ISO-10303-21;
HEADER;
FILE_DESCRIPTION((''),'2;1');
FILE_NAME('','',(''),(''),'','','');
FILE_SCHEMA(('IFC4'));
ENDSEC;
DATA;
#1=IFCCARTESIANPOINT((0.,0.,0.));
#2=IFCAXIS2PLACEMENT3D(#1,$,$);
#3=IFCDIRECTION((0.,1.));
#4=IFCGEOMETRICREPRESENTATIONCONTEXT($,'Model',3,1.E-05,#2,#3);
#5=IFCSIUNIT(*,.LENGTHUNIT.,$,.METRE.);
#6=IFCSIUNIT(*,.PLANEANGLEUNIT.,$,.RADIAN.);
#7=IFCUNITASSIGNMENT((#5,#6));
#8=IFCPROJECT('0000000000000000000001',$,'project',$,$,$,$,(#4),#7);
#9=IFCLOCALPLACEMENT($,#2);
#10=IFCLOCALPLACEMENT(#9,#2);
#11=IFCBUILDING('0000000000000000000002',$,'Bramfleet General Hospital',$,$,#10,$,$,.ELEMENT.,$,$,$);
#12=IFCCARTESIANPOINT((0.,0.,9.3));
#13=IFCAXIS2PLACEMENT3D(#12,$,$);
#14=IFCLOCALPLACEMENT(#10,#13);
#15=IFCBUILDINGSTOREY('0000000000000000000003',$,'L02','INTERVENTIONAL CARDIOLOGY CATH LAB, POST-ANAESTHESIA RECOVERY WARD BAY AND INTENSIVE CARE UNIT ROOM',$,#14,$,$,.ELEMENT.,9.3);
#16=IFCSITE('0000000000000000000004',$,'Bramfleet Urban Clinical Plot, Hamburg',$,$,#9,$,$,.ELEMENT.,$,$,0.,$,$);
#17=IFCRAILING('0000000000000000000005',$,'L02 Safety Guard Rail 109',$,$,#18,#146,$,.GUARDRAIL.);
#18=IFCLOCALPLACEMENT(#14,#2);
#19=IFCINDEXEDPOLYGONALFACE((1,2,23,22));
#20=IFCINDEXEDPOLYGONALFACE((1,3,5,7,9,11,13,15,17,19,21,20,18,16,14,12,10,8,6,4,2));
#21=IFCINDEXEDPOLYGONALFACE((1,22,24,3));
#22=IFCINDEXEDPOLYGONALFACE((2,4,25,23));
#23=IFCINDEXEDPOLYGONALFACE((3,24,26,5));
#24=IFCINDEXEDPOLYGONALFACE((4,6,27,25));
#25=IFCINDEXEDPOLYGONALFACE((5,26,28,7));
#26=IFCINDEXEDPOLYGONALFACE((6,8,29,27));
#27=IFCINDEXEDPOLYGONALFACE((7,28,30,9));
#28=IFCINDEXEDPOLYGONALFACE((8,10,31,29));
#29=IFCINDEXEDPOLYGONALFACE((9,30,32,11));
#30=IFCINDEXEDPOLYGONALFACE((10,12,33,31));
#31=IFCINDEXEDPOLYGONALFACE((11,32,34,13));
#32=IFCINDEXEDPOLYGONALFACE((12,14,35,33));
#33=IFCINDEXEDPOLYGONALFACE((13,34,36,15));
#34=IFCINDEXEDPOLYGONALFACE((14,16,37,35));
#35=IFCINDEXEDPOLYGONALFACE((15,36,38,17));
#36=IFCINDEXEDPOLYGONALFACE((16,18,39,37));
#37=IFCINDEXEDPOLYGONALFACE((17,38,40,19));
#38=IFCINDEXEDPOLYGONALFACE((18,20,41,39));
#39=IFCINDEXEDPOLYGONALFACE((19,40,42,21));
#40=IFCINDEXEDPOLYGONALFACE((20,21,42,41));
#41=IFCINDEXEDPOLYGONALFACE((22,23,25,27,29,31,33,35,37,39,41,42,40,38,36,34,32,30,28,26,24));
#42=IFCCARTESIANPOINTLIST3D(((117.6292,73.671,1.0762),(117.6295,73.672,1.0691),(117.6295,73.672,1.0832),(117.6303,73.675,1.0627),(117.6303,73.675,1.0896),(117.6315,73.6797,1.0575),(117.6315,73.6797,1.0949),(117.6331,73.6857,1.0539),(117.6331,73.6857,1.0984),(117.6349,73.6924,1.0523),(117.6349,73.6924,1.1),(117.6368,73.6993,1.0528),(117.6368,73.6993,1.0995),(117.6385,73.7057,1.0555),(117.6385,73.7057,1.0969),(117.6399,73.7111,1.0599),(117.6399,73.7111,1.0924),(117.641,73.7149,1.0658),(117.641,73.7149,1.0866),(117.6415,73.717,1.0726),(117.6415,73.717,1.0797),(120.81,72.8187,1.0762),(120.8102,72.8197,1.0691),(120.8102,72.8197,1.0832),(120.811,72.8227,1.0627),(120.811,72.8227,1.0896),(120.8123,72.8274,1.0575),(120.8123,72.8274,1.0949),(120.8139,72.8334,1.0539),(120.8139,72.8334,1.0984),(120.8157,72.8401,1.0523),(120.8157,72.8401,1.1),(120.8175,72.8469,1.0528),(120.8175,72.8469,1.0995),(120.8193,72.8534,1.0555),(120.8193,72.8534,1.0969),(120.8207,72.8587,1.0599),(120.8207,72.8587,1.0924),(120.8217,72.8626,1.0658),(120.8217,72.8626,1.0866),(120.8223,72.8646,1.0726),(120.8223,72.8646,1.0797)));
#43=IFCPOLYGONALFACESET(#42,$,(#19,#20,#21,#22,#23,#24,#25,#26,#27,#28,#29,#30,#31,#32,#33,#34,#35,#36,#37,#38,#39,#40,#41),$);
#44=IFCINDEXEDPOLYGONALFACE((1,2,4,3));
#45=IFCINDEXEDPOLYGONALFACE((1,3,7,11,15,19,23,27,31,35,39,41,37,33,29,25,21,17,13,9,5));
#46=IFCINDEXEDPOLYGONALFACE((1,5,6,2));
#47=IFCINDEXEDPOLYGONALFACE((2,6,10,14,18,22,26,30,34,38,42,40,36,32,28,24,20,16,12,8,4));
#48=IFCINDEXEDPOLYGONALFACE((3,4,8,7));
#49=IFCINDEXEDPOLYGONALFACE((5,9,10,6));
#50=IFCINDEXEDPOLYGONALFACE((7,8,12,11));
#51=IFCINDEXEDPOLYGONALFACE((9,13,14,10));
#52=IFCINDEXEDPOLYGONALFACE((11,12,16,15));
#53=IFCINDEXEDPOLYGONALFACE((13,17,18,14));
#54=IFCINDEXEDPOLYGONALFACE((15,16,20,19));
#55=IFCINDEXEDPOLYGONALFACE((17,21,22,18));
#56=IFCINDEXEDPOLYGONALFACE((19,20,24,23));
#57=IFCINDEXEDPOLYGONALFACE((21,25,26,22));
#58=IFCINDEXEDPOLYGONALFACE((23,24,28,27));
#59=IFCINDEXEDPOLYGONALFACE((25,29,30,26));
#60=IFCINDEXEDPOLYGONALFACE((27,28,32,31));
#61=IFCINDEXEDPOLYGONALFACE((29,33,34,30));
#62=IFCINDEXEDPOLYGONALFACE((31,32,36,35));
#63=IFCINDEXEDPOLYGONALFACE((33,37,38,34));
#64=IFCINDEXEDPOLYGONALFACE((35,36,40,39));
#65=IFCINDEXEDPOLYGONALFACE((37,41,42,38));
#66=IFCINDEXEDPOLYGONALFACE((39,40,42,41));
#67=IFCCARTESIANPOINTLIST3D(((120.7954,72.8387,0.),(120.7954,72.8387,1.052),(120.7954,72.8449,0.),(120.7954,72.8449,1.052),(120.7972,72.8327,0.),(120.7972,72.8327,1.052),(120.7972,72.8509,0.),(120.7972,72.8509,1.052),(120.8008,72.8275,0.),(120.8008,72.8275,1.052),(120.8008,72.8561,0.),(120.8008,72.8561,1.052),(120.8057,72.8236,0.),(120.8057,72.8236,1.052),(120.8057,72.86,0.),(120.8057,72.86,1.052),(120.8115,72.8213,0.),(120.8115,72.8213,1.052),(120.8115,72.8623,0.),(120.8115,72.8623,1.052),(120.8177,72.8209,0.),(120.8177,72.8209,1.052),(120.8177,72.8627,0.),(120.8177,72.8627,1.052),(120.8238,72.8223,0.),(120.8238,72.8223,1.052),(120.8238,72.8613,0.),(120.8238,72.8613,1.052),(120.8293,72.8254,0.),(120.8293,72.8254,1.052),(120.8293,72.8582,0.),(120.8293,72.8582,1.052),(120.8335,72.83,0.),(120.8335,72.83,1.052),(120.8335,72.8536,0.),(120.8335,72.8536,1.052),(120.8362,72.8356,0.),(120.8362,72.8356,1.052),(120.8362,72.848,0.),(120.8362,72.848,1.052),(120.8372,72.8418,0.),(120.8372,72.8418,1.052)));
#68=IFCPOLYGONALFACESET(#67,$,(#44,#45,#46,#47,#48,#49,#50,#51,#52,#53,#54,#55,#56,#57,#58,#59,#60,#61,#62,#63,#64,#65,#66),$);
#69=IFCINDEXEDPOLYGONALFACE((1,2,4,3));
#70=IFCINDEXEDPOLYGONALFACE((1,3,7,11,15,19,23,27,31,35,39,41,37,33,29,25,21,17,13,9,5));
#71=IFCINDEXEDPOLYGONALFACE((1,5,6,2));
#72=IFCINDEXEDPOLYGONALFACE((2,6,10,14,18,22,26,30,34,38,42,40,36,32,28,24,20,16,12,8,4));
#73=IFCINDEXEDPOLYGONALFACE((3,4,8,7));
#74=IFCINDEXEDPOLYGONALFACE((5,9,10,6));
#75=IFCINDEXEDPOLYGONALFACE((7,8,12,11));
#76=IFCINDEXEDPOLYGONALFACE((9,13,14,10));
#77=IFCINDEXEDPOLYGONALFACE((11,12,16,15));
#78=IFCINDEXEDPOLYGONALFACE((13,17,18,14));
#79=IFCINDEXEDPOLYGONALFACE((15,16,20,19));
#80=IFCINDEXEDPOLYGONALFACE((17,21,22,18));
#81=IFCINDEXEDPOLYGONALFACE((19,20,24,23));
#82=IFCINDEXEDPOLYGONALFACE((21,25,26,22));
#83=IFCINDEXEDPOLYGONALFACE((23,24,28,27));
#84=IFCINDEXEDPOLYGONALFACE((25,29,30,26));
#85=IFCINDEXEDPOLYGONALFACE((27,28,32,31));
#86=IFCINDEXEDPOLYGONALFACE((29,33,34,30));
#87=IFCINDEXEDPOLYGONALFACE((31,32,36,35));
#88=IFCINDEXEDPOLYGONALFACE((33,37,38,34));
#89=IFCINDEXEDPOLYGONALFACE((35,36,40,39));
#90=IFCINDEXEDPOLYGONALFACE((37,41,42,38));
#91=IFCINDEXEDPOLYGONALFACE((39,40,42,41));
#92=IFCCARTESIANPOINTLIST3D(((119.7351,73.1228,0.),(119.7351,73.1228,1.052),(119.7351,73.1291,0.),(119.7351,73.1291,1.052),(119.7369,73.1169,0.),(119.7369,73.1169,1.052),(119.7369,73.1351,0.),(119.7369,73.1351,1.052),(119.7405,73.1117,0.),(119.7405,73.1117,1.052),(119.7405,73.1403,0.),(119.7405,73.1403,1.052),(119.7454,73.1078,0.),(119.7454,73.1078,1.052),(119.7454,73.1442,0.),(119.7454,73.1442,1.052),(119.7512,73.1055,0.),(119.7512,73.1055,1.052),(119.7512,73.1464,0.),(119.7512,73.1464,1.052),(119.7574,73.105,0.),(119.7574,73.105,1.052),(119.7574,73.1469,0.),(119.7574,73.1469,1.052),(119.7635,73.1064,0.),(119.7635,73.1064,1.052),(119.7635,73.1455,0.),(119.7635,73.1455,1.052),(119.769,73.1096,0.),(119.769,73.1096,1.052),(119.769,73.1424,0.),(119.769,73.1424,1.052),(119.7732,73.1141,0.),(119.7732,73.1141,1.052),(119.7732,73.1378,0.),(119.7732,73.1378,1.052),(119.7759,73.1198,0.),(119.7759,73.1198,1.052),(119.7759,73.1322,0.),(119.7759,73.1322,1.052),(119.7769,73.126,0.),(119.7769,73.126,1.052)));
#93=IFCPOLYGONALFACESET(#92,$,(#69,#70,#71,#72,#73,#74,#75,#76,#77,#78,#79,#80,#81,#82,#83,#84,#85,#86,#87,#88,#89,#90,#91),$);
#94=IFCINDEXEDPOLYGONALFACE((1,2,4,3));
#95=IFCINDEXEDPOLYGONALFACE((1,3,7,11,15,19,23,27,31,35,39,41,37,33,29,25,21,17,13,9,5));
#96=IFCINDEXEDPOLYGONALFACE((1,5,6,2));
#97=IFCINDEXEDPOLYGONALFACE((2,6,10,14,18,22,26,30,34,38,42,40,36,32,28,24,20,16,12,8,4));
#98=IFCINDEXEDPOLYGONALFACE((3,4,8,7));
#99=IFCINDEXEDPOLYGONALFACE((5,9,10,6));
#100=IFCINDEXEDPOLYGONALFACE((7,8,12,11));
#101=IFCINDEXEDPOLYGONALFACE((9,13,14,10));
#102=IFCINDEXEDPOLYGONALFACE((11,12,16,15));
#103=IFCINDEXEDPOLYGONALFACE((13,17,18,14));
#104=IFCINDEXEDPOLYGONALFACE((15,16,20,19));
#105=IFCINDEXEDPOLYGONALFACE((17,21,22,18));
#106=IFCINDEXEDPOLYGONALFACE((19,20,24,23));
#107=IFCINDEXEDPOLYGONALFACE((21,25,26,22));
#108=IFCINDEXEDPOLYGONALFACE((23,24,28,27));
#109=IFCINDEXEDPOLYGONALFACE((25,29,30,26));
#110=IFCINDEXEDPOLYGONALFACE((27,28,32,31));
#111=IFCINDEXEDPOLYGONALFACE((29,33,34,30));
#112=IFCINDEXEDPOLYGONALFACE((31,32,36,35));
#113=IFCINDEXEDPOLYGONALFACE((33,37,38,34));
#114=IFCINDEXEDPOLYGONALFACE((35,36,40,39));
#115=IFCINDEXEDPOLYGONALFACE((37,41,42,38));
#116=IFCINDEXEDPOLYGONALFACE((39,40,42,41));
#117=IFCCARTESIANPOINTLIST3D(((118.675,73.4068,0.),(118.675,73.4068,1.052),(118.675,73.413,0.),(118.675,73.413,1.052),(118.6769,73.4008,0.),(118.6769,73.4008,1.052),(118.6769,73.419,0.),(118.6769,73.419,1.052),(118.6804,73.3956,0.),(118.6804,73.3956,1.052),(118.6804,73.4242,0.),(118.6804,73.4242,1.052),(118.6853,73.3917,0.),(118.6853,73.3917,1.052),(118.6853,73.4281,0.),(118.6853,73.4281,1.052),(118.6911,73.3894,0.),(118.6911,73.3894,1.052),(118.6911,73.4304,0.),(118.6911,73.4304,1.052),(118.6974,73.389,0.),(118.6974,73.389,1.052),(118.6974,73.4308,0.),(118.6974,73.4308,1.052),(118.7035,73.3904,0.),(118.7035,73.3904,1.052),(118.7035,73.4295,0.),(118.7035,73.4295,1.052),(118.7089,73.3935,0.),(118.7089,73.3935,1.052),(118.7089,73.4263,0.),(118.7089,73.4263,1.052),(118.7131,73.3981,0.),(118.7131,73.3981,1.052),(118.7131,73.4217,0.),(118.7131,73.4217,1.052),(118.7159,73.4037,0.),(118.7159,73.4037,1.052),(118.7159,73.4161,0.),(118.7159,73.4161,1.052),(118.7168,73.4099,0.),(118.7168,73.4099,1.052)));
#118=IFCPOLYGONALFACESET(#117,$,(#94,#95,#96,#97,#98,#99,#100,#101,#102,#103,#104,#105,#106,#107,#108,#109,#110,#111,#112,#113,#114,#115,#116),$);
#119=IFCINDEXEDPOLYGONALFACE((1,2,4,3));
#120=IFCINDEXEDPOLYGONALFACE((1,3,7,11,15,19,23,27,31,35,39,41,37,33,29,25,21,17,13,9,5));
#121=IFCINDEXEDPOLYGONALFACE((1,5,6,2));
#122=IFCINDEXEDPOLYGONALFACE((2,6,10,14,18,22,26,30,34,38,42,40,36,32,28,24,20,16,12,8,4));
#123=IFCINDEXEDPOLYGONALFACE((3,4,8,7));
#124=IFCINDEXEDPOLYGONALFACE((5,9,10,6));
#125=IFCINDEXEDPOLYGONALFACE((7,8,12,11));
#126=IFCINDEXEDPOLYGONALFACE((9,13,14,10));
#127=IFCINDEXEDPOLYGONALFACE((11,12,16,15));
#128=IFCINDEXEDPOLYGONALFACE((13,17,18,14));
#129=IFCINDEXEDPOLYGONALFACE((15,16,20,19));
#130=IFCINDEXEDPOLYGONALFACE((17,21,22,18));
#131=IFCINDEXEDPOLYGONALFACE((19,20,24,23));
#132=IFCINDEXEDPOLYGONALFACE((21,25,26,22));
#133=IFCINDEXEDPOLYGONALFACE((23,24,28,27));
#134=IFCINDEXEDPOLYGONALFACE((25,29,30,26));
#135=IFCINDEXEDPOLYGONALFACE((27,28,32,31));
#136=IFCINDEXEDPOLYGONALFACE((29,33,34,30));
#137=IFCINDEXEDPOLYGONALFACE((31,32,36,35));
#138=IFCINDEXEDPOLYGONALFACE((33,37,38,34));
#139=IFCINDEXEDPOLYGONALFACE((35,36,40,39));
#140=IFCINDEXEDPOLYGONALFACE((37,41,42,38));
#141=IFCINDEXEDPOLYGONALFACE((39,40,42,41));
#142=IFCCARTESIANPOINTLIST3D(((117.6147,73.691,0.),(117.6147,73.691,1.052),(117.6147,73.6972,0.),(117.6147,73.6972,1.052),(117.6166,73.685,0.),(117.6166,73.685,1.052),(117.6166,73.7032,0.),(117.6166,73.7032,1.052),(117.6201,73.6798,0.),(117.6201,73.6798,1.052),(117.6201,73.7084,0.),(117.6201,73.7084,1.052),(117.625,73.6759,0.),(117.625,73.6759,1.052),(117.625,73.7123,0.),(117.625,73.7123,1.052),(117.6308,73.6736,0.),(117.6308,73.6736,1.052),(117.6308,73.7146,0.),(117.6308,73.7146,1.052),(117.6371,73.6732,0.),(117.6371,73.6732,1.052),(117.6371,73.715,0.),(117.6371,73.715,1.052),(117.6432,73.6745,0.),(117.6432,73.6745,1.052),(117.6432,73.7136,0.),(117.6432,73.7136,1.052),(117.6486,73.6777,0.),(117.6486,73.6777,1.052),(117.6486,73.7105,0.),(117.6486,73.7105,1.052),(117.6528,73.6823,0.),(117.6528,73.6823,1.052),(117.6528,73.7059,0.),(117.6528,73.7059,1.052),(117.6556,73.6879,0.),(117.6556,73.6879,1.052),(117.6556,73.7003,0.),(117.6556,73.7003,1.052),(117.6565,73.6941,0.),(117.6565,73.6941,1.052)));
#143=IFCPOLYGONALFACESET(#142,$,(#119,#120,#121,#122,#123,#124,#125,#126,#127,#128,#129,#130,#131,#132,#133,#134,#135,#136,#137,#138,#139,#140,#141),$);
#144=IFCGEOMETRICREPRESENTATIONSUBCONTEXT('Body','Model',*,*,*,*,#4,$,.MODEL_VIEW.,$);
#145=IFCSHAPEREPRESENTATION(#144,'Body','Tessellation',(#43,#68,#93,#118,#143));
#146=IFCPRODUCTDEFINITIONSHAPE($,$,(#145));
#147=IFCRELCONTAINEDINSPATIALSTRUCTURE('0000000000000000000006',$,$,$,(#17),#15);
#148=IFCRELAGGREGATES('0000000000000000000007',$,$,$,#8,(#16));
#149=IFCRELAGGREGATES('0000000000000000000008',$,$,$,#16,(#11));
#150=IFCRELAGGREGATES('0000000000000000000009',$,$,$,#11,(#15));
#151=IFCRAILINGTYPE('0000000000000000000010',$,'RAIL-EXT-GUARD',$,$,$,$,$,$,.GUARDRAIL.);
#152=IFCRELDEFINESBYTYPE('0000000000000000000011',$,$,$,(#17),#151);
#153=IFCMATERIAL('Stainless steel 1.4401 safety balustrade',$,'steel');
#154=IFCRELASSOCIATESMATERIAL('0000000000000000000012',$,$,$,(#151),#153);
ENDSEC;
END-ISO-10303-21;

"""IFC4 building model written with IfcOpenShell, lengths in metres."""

from ifc_helpers import new_model, si_unit, direction, frame, origin, origin_2d, place, context, subcontext, project, spatial, circle, extrude, material, type_object, element, save


model = new_model("IFC4")

# Units and contexts
model_context = context("Model", 3, precision=1e-05, world=origin(), true_north=direction((0.0, 1.0)))
body_context = subcontext(model_context, "Body", "Model", "MODEL_VIEW")
ifc_project = project(units=[si_unit("LENGTHUNIT", "METRE"), si_unit("PLANEANGLEUNIT", "RADIAN")], contexts=[model_context])

# Site, building, storey
site_placement = place(None, origin())
site = spatial("IfcSite", under=ifc_project, at=site_placement, Name="Bramfleet Urban Clinical Plot, Hamburg", CompositionType="ELEMENT", RefElevation=0.0)
building_placement = place(site_placement, origin())
building = spatial("IfcBuilding", under=site, at=building_placement, Name="Bramfleet General Hospital", CompositionType="ELEMENT")
storey_placement = place(building_placement, frame((0.0, 0.0, 9.3)))
storey = spatial("IfcBuildingStorey", under=building, at=storey_placement, Name="L02", Description="INTERVENTIONAL CARDIOLOGY CATH LAB, POST-ANAESTHESIA RECOVERY WARD BAY AND INTENSIVE CARE UNIT ROOM", CompositionType="ELEMENT", Elevation=9.3)

# Railing
ifc_material_1 = material(Name="Stainless steel 1.4401 safety balustrade", Category="steel")
railing_type = type_object("IfcRailingType", Name="RAIL-EXT-GUARD", PredefinedType="GUARDRAIL", material=ifc_material_1)
railing_1_placement = place(storey_placement, frame((120.8162, 72.8418, 0.0)))
element("IfcRailing", 1, at=railing_1_placement, inside=storey, type_object=railing_type, Name="L02 Safety Guard Rail 109", PredefinedType="GUARDRAIL", context=body_context, shape_type="SweptSolid", body=[
    extrude(circle(Radius=0.0239, at=origin_2d()), frame((0.0, 0.0, 1.0762), z_axis=(-0.965923, 0.25883, 0.0), x_axis=(-0.25883, -0.965923, 0.0)), (0.0, 0.0, 1.0), 3.293),
    extrude(circle(Radius=0.021, at=origin_2d()), origin(), (0.0, 0.0, 1.0), 1.052),
    extrude(circle(Radius=0.021, at=origin_2d()), frame((-1.0603, 0.2842, 0.0)), (0.0, 0.0, 1.0), 1.052),
    extrude(circle(Radius=0.021, at=origin_2d()), frame((-2.1204, 0.5681, 0.0)), (0.0, 0.0, 1.0), 1.052),
    extrude(circle(Radius=0.021, at=origin_2d()), frame((-3.1807, 0.8523, 0.0)), (0.0, 0.0, 1.0), 1.052),
])

save(model, "model.ifc")
